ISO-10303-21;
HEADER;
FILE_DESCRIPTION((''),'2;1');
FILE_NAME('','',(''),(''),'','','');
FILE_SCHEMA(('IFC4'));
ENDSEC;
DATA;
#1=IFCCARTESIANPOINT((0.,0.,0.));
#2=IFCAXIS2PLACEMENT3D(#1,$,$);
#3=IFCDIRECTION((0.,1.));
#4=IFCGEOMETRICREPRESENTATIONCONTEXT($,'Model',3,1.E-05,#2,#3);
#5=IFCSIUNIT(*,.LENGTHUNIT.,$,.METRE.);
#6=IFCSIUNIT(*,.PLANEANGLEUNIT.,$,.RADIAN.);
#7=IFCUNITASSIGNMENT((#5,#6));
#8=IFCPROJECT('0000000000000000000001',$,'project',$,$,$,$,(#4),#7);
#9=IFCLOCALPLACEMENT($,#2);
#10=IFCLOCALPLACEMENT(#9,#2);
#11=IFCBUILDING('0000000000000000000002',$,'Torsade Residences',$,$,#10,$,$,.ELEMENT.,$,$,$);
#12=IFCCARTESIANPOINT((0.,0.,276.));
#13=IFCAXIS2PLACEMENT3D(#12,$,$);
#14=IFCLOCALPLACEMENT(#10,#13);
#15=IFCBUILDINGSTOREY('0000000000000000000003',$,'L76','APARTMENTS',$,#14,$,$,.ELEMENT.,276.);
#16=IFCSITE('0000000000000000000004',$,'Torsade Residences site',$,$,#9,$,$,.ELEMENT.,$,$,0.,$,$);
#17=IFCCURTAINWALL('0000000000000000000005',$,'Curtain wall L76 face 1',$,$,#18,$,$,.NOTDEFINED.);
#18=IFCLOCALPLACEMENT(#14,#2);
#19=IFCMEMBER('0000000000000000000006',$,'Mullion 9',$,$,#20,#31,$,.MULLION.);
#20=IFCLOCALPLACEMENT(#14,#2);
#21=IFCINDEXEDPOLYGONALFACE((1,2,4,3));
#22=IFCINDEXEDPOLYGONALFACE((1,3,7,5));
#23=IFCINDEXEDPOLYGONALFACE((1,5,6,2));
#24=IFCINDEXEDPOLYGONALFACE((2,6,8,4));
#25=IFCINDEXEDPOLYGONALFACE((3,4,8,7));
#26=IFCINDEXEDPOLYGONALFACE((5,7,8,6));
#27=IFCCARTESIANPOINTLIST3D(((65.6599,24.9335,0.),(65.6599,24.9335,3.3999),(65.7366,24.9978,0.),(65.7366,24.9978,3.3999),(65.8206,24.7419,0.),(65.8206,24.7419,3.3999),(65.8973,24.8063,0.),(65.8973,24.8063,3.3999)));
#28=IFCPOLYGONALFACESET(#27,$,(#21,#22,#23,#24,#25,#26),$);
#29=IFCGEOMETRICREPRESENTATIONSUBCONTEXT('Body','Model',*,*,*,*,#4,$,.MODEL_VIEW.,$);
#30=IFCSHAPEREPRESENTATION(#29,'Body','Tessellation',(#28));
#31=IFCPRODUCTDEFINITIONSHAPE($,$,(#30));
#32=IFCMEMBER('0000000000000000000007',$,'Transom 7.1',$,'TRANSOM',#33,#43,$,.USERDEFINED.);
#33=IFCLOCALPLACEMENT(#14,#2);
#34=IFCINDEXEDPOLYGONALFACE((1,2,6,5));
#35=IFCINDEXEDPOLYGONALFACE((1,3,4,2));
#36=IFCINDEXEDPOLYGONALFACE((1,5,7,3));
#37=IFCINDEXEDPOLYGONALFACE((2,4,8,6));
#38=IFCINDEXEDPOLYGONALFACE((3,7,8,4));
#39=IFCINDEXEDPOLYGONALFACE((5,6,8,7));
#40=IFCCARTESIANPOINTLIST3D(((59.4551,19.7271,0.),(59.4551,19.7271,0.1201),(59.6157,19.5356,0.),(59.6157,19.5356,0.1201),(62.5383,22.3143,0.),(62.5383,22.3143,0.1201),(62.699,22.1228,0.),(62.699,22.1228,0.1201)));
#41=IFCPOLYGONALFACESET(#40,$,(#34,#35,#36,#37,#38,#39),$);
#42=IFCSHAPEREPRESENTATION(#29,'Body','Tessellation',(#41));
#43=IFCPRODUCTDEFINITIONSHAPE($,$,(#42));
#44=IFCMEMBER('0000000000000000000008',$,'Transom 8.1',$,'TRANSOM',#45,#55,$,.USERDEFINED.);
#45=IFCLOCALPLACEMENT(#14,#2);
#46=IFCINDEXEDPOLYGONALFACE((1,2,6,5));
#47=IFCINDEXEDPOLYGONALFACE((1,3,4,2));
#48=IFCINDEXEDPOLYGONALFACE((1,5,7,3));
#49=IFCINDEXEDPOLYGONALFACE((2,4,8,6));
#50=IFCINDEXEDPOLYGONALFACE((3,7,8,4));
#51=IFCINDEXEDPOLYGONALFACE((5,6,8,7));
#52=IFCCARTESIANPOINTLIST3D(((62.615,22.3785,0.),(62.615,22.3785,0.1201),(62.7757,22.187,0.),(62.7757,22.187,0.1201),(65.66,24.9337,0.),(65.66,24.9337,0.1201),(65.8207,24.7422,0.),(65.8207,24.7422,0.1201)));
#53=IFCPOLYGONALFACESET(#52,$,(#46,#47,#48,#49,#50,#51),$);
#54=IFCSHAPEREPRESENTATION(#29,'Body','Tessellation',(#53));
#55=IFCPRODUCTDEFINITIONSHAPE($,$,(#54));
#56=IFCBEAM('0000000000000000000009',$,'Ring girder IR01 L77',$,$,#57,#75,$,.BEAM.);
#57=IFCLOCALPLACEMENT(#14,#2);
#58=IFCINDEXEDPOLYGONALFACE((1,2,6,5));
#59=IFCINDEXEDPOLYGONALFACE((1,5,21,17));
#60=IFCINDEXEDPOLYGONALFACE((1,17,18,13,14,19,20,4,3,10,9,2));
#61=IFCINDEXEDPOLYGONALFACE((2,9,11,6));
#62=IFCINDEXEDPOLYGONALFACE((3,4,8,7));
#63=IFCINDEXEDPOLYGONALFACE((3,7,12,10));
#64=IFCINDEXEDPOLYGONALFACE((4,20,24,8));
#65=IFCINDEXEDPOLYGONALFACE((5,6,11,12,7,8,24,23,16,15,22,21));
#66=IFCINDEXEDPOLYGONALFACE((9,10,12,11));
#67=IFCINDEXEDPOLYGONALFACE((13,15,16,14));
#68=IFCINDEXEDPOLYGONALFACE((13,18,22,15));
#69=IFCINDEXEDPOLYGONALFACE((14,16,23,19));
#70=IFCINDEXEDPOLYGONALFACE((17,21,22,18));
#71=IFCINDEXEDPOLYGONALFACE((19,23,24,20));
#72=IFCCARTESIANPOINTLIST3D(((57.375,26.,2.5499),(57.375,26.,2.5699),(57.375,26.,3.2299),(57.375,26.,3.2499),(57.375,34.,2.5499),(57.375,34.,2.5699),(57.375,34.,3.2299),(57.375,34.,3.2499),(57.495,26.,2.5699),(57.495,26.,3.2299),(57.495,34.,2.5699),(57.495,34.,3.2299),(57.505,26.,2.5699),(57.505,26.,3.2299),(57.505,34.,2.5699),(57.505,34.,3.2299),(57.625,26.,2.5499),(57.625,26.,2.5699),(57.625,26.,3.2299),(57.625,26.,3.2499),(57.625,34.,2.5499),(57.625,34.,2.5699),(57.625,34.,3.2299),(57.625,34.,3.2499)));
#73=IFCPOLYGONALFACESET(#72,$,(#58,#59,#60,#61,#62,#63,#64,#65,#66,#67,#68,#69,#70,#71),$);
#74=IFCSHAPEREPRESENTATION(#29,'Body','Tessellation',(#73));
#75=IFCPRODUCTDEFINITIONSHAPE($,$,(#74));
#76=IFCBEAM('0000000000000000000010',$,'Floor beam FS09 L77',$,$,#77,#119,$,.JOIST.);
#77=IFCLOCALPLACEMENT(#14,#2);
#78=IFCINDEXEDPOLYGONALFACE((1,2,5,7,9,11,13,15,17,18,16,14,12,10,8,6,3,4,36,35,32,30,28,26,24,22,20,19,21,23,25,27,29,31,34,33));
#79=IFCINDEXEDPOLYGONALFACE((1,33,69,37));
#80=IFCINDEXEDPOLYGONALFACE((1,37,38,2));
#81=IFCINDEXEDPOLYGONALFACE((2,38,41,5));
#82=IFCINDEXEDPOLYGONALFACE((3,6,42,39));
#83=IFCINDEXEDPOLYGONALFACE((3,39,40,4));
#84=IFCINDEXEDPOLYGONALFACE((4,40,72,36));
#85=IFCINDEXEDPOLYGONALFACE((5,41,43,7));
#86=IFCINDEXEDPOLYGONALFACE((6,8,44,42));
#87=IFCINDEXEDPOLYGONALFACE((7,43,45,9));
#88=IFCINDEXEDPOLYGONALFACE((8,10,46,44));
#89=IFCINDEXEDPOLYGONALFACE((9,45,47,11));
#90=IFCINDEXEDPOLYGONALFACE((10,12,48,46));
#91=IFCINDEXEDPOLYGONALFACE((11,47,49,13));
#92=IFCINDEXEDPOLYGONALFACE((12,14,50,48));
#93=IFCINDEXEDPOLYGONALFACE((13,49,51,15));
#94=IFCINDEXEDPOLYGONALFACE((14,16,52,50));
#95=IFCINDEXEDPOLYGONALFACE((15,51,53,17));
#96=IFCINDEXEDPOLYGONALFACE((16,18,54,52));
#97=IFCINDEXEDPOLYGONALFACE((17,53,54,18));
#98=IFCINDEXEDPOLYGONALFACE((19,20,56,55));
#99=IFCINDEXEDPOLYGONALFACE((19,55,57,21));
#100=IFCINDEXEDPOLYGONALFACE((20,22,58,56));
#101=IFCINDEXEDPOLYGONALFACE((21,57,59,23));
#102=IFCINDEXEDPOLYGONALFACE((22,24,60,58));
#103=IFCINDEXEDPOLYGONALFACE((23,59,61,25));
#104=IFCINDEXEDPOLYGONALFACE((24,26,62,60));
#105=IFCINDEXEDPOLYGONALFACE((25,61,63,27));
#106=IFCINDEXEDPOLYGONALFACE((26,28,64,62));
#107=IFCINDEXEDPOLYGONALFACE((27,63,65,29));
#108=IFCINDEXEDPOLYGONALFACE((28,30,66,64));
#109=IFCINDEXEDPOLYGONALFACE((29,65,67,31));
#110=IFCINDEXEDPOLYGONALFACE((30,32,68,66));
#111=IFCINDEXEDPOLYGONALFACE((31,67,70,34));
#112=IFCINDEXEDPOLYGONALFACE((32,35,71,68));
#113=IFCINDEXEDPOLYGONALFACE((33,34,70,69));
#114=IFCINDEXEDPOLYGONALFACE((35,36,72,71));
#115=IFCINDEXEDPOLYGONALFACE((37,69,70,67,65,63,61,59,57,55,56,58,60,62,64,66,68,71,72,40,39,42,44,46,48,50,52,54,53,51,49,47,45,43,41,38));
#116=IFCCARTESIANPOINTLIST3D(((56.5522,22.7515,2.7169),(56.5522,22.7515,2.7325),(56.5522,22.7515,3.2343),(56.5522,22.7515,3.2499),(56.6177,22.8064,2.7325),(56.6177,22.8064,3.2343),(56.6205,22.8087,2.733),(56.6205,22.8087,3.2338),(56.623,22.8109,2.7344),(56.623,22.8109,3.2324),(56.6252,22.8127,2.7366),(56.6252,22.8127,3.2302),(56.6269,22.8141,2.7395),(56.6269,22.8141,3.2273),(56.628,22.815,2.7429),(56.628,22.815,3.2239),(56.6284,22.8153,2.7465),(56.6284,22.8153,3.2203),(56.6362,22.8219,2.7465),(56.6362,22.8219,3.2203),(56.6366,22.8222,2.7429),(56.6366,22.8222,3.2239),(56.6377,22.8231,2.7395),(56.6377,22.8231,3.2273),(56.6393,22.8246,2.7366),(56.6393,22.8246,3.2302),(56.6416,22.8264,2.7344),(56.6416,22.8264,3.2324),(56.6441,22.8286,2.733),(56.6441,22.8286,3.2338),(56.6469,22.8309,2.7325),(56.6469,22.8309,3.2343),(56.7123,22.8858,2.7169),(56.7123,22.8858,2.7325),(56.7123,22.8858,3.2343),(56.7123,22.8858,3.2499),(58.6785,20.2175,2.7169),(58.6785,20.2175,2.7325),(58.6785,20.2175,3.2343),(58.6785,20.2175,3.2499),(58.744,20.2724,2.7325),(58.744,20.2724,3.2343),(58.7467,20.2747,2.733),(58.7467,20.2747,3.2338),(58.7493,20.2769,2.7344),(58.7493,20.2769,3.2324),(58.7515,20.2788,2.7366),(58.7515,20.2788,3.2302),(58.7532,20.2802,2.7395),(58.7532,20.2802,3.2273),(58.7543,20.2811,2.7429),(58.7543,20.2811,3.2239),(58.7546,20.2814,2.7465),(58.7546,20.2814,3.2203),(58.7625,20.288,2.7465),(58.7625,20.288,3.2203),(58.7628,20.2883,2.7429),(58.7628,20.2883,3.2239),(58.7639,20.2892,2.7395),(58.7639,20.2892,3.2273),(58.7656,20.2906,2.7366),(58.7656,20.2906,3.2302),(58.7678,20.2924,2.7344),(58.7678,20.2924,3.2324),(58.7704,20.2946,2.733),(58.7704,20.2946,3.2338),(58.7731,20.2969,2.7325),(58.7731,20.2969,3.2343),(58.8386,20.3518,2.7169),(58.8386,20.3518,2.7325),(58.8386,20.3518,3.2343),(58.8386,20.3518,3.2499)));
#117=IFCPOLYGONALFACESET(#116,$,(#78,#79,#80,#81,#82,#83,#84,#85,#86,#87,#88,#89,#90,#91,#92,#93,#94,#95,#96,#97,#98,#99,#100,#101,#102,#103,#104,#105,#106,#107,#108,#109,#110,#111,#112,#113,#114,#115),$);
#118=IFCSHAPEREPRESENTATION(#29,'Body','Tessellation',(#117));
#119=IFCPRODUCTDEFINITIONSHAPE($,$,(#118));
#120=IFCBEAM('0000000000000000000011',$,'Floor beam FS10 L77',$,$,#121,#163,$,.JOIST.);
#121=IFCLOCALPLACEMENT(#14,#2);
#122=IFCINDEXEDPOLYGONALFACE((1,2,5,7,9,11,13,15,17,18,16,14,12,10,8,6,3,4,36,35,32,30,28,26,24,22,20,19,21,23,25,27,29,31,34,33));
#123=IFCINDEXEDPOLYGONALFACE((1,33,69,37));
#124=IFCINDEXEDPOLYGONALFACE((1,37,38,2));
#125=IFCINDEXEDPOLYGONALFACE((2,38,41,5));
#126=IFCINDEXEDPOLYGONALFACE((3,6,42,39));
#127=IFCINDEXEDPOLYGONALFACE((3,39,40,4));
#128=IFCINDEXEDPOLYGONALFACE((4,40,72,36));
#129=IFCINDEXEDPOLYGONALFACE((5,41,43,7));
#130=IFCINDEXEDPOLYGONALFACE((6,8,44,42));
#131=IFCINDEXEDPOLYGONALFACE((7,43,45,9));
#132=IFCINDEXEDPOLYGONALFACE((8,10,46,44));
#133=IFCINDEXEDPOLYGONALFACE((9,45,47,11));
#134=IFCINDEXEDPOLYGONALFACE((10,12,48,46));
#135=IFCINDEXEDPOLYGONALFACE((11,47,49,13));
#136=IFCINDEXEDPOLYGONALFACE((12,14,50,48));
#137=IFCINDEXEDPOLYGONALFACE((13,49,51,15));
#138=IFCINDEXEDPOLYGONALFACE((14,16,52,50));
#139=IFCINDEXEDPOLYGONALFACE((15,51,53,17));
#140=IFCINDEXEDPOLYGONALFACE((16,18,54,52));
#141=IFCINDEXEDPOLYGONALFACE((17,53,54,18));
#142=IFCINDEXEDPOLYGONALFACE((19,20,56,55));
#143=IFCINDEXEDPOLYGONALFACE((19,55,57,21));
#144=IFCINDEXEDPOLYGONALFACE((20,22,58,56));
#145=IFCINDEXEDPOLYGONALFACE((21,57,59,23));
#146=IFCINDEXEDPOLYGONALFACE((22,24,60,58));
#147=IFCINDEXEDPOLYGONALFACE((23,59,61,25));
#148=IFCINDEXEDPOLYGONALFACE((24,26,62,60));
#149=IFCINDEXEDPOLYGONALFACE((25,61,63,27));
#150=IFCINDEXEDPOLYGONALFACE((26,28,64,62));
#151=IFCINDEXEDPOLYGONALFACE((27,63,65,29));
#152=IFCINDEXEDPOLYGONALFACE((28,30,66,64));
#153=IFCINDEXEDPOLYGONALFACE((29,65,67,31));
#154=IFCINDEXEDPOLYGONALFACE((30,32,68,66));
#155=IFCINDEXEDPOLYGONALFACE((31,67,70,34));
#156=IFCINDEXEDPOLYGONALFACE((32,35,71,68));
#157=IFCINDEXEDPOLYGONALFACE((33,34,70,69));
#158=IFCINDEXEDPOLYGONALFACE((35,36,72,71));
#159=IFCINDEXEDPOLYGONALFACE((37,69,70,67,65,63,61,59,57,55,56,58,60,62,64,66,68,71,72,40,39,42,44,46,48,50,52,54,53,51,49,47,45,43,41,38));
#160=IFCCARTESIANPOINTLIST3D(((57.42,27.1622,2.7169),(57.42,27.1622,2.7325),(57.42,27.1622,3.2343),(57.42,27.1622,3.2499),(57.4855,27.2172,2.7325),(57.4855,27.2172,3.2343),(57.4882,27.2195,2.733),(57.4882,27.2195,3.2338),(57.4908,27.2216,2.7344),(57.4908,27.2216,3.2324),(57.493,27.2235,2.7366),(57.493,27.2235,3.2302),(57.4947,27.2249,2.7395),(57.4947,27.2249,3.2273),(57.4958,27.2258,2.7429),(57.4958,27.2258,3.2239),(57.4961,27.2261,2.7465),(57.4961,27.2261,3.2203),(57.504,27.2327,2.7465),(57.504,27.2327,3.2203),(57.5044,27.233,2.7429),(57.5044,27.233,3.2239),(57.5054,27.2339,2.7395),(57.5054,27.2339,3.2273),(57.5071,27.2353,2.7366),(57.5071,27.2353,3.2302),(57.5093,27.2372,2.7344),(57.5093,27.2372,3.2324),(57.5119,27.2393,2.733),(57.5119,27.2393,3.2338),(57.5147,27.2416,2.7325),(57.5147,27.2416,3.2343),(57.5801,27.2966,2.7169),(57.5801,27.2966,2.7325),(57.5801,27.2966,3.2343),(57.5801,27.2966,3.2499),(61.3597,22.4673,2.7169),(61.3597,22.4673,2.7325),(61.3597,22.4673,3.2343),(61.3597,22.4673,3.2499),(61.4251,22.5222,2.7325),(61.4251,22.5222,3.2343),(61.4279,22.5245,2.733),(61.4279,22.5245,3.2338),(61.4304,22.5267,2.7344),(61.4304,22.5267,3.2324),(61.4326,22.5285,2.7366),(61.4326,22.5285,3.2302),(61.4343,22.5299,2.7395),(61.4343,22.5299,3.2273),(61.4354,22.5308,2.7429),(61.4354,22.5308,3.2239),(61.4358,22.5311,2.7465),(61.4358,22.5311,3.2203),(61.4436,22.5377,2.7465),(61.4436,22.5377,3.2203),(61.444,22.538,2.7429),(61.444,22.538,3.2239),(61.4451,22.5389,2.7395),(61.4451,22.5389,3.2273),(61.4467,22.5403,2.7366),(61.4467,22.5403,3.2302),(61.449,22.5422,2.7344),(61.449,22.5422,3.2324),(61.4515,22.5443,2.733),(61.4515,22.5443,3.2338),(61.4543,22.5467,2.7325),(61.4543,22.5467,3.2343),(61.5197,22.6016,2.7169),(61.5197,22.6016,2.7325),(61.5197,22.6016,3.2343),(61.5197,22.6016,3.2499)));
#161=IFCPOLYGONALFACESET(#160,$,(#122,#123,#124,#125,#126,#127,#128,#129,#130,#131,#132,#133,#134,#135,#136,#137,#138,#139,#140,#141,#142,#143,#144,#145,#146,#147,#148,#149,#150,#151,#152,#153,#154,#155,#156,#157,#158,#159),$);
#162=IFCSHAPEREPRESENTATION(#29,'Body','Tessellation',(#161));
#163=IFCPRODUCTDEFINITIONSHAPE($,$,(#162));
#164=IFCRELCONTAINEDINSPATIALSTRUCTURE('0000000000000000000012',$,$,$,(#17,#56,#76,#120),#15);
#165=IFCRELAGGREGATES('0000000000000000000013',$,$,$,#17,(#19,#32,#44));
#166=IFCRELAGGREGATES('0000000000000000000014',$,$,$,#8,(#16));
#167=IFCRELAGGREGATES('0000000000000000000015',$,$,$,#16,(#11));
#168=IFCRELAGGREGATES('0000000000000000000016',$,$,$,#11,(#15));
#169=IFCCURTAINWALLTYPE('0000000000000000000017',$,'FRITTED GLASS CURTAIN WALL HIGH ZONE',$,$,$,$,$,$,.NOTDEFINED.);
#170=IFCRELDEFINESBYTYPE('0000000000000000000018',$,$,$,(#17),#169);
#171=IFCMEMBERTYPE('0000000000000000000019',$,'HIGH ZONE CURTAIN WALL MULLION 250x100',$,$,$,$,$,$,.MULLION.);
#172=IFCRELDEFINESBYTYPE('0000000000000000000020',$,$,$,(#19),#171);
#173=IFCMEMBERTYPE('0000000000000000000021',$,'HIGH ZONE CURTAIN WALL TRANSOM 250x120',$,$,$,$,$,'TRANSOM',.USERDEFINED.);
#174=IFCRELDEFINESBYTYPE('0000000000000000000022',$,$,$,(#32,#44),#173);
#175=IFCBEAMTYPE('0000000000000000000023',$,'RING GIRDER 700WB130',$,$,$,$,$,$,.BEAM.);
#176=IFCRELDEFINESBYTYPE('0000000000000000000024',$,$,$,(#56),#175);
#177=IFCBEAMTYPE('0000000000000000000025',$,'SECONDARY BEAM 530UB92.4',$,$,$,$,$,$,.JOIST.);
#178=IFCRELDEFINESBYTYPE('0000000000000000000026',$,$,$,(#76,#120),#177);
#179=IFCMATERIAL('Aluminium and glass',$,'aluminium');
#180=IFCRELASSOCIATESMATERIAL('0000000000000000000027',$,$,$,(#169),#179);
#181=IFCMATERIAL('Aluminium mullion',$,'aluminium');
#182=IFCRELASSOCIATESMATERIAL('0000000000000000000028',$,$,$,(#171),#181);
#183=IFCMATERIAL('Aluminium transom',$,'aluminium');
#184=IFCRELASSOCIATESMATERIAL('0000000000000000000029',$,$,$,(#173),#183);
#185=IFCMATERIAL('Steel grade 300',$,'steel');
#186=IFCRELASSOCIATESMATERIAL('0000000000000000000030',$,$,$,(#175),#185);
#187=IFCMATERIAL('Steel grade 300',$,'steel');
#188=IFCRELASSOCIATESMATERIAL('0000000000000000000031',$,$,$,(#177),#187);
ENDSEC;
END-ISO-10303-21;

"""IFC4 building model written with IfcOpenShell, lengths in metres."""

from ifc_helpers import new_model, si_unit, direction, frame, origin, origin_2d, place, context, subcontext, project, spatial, rectangle, i_section, extrude, material, material_profile, profile_set, type_object, element, aggregate, save


model = new_model("IFC4")

# Units and contexts
model_context = context("Model", 3, precision=1e-05, world=origin(), true_north=direction((0.0, 1.0)))
body_context = subcontext(model_context, "Body", "Model", "MODEL_VIEW")
ifc_project = project(units=[si_unit("LENGTHUNIT", "METRE"), si_unit("PLANEANGLEUNIT", "RADIAN")], contexts=[model_context])

# Site, building, storey
site_placement = place(None, origin())
site = spatial("IfcSite", under=ifc_project, at=site_placement, Name="Torsade Residences site", CompositionType="ELEMENT", RefElevation=0.0)
building_placement = place(site_placement, origin())
building = spatial("IfcBuilding", under=site, at=building_placement, Name="Torsade Residences", CompositionType="ELEMENT")
storey_placement = place(building_placement, frame((0.0, 0.0, 276.0)))
storey = spatial("IfcBuildingStorey", under=building, at=storey_placement, Name="L76", Description="APARTMENTS", CompositionType="ELEMENT", Elevation=276.0)

# Curtain wall, members
ifc_material_1 = material(Name="Aluminium and glass", Category="aluminium")
curtain_wall_type = type_object("IfcCurtainWallType", Name="FRITTED GLASS CURTAIN WALL HIGH ZONE", PredefinedType="NOTDEFINED", material=ifc_material_1)
curtain_wall_placement = place(storey_placement, origin())
curtain_wall = element("IfcCurtainWall", 1, at=curtain_wall_placement, inside=storey, type_object=curtain_wall_type, Name="Curtain wall L76 face 1", PredefinedType="NOTDEFINED")
ifc_material_2 = material(Name="Aluminium mullion", Category="aluminium")
ifc_material_profile_1 = material_profile(ifc_material_2, rectangle(XDim=0.25, YDim=0.1001, at=origin_2d()), Name="HIGH ZONE CURTAIN WALL MULLION 250x100")
ifc_profile_set_1 = profile_set([ifc_material_profile_1], Name="Aluminium mullion")
member_type_1 = type_object("IfcMemberType", Name="HIGH ZONE CURTAIN WALL MULLION 250x100", PredefinedType="MULLION", material=ifc_profile_set_1)
member_1_placement = place(storey_placement, frame((65.7786, 24.8699, 0.0), z_axis=(0.0, 0.0, 1.0), x_axis=(-0.642788, 0.766044, 0.0)))
member_1 = element("IfcMember", 2, at=member_1_placement, type_object=member_type_1, Name="Mullion 9", PredefinedType="MULLION", context=body_context, shape_type="SweptSolid", body=[
    extrude(rectangle(XDim=0.25, YDim=0.1001, at=origin_2d()), origin(), (0.0, 0.0, 1.0), 3.3999),
])
ifc_material_3 = material(Name="Aluminium transom", Category="aluminium")
ifc_material_profile_2 = material_profile(ifc_material_3, rectangle(XDim=0.25, YDim=0.1201, at=origin_2d()), Name="HIGH ZONE CURTAIN WALL TRANSOM 250x120")
ifc_profile_set_2 = profile_set([ifc_material_profile_2], Name="Aluminium transom")
member_type_2 = type_object("IfcMemberType", Name="HIGH ZONE CURTAIN WALL TRANSOM 250x120", ElementType="TRANSOM", PredefinedType="USERDEFINED", material=ifc_profile_set_2)
member_2_placement = place(storey_placement, frame((59.5354, 19.6313, 0.0601), z_axis=(0.766044, 0.642788, 0.0), x_axis=(-0.642788, 0.766044, 0.0)))
member_2 = element("IfcMember", 3, at=member_2_placement, type_object=member_type_2, Name="Transom 7.1", ObjectType="TRANSOM", PredefinedType="USERDEFINED", context=body_context, shape_type="SweptSolid", body=[
    extrude(rectangle(XDim=0.25, YDim=0.1201, at=origin_2d()), origin(), (0.0, 0.0, 1.0), 4.0249),
])
member_3_placement = place(storey_placement, frame((62.6953, 22.2827, 0.0601), z_axis=(0.766022, 0.642815, 0.0), x_axis=(-0.642815, 0.766022, 0.0)))
member_3 = element("IfcMember", 4, at=member_3_placement, type_object=member_type_2, Name="Transom 8.1", ObjectType="TRANSOM", PredefinedType="USERDEFINED", context=body_context, shape_type="SweptSolid", body=[
    extrude(rectangle(XDim=0.25, YDim=0.1201, at=origin_2d()), origin(), (0.0, 0.0, 1.0), 3.9751),
])

# Beams
ifc_material_4 = material(Name="Steel grade 300", Category="steel")
ifc_material_profile_3 = material_profile(ifc_material_4, i_section(OverallWidth=0.25, OverallDepth=0.7, WebThickness=0.01, FlangeThickness=0.02, at=origin_2d()), Name="700WB130")
ifc_profile_set_3 = profile_set([ifc_material_profile_3], Name="Steel grade 300")
beam_type_1 = type_object("IfcBeamType", Name="RING GIRDER 700WB130", PredefinedType="BEAM", material=ifc_profile_set_3)
beam_1_placement = place(storey_placement, frame((57.5, 26.0, 2.8999), z_axis=(0.0, 1.0, 0.0), x_axis=(-1.0, 0.0, 0.0)))
element("IfcBeam", 5, at=beam_1_placement, inside=storey, type_object=beam_type_1, Name="Ring girder IR01 L77", PredefinedType="BEAM", context=body_context, shape_type="SweptSolid", body=[
    extrude(i_section(OverallWidth=0.25, OverallDepth=0.7, WebThickness=0.01, FlangeThickness=0.02, at=origin_2d()), origin(), (0.0, 0.0, 1.0), 8.0),
])
ifc_material_5 = material(Name="Steel grade 300", Category="steel")
ifc_material_profile_4 = material_profile(ifc_material_5, i_section(OverallWidth=0.209, OverallDepth=0.533, WebThickness=0.0103, FlangeThickness=0.0156, FilletRadius=0.0139, at=origin_2d()), Name="530UB92.4")
ifc_profile_set_4 = profile_set([ifc_material_profile_4], Name="Steel grade 300")
beam_type_2 = type_object("IfcBeamType", Name="SECONDARY BEAM 530UB92.4", PredefinedType="JOIST", material=ifc_profile_set_4)
beam_2_placement = place(storey_placement, frame((58.7585, 20.2847, 2.9834), z_axis=(-0.642787, 0.766045, 0.0), x_axis=(-0.766045, -0.642787, 0.0)))
element("IfcBeam", 6, at=beam_2_placement, inside=storey, type_object=beam_type_2, Name="Floor beam FS09 L77", PredefinedType="JOIST", context=body_context, shape_type="SweptSolid", body=[
    extrude(i_section(OverallWidth=0.209, OverallDepth=0.533, WebThickness=0.0103, FlangeThickness=0.0156, FilletRadius=0.0139, at=origin_2d()), origin(), (0.0, 0.0, 1.0), 3.3079),
])
beam_3_placement = place(storey_placement, frame((61.4397, 22.5344, 2.9834), z_axis=(-0.642794, 0.766039, 0.0), x_axis=(-0.766039, -0.642794, 0.0)))
element("IfcBeam", 7, at=beam_3_placement, inside=storey, type_object=beam_type_2, Name="Floor beam FS10 L77", PredefinedType="JOIST", context=body_context, shape_type="SweptSolid", body=[
    extrude(i_section(OverallWidth=0.209, OverallDepth=0.533, WebThickness=0.0103, FlangeThickness=0.0156, FilletRadius=0.0139, at=origin_2d()), origin(), (0.0, 0.0, 1.0), 6.1289),
])

aggregate(curtain_wall, [member_1, member_2, member_3])

save(model, "model.ifc")
